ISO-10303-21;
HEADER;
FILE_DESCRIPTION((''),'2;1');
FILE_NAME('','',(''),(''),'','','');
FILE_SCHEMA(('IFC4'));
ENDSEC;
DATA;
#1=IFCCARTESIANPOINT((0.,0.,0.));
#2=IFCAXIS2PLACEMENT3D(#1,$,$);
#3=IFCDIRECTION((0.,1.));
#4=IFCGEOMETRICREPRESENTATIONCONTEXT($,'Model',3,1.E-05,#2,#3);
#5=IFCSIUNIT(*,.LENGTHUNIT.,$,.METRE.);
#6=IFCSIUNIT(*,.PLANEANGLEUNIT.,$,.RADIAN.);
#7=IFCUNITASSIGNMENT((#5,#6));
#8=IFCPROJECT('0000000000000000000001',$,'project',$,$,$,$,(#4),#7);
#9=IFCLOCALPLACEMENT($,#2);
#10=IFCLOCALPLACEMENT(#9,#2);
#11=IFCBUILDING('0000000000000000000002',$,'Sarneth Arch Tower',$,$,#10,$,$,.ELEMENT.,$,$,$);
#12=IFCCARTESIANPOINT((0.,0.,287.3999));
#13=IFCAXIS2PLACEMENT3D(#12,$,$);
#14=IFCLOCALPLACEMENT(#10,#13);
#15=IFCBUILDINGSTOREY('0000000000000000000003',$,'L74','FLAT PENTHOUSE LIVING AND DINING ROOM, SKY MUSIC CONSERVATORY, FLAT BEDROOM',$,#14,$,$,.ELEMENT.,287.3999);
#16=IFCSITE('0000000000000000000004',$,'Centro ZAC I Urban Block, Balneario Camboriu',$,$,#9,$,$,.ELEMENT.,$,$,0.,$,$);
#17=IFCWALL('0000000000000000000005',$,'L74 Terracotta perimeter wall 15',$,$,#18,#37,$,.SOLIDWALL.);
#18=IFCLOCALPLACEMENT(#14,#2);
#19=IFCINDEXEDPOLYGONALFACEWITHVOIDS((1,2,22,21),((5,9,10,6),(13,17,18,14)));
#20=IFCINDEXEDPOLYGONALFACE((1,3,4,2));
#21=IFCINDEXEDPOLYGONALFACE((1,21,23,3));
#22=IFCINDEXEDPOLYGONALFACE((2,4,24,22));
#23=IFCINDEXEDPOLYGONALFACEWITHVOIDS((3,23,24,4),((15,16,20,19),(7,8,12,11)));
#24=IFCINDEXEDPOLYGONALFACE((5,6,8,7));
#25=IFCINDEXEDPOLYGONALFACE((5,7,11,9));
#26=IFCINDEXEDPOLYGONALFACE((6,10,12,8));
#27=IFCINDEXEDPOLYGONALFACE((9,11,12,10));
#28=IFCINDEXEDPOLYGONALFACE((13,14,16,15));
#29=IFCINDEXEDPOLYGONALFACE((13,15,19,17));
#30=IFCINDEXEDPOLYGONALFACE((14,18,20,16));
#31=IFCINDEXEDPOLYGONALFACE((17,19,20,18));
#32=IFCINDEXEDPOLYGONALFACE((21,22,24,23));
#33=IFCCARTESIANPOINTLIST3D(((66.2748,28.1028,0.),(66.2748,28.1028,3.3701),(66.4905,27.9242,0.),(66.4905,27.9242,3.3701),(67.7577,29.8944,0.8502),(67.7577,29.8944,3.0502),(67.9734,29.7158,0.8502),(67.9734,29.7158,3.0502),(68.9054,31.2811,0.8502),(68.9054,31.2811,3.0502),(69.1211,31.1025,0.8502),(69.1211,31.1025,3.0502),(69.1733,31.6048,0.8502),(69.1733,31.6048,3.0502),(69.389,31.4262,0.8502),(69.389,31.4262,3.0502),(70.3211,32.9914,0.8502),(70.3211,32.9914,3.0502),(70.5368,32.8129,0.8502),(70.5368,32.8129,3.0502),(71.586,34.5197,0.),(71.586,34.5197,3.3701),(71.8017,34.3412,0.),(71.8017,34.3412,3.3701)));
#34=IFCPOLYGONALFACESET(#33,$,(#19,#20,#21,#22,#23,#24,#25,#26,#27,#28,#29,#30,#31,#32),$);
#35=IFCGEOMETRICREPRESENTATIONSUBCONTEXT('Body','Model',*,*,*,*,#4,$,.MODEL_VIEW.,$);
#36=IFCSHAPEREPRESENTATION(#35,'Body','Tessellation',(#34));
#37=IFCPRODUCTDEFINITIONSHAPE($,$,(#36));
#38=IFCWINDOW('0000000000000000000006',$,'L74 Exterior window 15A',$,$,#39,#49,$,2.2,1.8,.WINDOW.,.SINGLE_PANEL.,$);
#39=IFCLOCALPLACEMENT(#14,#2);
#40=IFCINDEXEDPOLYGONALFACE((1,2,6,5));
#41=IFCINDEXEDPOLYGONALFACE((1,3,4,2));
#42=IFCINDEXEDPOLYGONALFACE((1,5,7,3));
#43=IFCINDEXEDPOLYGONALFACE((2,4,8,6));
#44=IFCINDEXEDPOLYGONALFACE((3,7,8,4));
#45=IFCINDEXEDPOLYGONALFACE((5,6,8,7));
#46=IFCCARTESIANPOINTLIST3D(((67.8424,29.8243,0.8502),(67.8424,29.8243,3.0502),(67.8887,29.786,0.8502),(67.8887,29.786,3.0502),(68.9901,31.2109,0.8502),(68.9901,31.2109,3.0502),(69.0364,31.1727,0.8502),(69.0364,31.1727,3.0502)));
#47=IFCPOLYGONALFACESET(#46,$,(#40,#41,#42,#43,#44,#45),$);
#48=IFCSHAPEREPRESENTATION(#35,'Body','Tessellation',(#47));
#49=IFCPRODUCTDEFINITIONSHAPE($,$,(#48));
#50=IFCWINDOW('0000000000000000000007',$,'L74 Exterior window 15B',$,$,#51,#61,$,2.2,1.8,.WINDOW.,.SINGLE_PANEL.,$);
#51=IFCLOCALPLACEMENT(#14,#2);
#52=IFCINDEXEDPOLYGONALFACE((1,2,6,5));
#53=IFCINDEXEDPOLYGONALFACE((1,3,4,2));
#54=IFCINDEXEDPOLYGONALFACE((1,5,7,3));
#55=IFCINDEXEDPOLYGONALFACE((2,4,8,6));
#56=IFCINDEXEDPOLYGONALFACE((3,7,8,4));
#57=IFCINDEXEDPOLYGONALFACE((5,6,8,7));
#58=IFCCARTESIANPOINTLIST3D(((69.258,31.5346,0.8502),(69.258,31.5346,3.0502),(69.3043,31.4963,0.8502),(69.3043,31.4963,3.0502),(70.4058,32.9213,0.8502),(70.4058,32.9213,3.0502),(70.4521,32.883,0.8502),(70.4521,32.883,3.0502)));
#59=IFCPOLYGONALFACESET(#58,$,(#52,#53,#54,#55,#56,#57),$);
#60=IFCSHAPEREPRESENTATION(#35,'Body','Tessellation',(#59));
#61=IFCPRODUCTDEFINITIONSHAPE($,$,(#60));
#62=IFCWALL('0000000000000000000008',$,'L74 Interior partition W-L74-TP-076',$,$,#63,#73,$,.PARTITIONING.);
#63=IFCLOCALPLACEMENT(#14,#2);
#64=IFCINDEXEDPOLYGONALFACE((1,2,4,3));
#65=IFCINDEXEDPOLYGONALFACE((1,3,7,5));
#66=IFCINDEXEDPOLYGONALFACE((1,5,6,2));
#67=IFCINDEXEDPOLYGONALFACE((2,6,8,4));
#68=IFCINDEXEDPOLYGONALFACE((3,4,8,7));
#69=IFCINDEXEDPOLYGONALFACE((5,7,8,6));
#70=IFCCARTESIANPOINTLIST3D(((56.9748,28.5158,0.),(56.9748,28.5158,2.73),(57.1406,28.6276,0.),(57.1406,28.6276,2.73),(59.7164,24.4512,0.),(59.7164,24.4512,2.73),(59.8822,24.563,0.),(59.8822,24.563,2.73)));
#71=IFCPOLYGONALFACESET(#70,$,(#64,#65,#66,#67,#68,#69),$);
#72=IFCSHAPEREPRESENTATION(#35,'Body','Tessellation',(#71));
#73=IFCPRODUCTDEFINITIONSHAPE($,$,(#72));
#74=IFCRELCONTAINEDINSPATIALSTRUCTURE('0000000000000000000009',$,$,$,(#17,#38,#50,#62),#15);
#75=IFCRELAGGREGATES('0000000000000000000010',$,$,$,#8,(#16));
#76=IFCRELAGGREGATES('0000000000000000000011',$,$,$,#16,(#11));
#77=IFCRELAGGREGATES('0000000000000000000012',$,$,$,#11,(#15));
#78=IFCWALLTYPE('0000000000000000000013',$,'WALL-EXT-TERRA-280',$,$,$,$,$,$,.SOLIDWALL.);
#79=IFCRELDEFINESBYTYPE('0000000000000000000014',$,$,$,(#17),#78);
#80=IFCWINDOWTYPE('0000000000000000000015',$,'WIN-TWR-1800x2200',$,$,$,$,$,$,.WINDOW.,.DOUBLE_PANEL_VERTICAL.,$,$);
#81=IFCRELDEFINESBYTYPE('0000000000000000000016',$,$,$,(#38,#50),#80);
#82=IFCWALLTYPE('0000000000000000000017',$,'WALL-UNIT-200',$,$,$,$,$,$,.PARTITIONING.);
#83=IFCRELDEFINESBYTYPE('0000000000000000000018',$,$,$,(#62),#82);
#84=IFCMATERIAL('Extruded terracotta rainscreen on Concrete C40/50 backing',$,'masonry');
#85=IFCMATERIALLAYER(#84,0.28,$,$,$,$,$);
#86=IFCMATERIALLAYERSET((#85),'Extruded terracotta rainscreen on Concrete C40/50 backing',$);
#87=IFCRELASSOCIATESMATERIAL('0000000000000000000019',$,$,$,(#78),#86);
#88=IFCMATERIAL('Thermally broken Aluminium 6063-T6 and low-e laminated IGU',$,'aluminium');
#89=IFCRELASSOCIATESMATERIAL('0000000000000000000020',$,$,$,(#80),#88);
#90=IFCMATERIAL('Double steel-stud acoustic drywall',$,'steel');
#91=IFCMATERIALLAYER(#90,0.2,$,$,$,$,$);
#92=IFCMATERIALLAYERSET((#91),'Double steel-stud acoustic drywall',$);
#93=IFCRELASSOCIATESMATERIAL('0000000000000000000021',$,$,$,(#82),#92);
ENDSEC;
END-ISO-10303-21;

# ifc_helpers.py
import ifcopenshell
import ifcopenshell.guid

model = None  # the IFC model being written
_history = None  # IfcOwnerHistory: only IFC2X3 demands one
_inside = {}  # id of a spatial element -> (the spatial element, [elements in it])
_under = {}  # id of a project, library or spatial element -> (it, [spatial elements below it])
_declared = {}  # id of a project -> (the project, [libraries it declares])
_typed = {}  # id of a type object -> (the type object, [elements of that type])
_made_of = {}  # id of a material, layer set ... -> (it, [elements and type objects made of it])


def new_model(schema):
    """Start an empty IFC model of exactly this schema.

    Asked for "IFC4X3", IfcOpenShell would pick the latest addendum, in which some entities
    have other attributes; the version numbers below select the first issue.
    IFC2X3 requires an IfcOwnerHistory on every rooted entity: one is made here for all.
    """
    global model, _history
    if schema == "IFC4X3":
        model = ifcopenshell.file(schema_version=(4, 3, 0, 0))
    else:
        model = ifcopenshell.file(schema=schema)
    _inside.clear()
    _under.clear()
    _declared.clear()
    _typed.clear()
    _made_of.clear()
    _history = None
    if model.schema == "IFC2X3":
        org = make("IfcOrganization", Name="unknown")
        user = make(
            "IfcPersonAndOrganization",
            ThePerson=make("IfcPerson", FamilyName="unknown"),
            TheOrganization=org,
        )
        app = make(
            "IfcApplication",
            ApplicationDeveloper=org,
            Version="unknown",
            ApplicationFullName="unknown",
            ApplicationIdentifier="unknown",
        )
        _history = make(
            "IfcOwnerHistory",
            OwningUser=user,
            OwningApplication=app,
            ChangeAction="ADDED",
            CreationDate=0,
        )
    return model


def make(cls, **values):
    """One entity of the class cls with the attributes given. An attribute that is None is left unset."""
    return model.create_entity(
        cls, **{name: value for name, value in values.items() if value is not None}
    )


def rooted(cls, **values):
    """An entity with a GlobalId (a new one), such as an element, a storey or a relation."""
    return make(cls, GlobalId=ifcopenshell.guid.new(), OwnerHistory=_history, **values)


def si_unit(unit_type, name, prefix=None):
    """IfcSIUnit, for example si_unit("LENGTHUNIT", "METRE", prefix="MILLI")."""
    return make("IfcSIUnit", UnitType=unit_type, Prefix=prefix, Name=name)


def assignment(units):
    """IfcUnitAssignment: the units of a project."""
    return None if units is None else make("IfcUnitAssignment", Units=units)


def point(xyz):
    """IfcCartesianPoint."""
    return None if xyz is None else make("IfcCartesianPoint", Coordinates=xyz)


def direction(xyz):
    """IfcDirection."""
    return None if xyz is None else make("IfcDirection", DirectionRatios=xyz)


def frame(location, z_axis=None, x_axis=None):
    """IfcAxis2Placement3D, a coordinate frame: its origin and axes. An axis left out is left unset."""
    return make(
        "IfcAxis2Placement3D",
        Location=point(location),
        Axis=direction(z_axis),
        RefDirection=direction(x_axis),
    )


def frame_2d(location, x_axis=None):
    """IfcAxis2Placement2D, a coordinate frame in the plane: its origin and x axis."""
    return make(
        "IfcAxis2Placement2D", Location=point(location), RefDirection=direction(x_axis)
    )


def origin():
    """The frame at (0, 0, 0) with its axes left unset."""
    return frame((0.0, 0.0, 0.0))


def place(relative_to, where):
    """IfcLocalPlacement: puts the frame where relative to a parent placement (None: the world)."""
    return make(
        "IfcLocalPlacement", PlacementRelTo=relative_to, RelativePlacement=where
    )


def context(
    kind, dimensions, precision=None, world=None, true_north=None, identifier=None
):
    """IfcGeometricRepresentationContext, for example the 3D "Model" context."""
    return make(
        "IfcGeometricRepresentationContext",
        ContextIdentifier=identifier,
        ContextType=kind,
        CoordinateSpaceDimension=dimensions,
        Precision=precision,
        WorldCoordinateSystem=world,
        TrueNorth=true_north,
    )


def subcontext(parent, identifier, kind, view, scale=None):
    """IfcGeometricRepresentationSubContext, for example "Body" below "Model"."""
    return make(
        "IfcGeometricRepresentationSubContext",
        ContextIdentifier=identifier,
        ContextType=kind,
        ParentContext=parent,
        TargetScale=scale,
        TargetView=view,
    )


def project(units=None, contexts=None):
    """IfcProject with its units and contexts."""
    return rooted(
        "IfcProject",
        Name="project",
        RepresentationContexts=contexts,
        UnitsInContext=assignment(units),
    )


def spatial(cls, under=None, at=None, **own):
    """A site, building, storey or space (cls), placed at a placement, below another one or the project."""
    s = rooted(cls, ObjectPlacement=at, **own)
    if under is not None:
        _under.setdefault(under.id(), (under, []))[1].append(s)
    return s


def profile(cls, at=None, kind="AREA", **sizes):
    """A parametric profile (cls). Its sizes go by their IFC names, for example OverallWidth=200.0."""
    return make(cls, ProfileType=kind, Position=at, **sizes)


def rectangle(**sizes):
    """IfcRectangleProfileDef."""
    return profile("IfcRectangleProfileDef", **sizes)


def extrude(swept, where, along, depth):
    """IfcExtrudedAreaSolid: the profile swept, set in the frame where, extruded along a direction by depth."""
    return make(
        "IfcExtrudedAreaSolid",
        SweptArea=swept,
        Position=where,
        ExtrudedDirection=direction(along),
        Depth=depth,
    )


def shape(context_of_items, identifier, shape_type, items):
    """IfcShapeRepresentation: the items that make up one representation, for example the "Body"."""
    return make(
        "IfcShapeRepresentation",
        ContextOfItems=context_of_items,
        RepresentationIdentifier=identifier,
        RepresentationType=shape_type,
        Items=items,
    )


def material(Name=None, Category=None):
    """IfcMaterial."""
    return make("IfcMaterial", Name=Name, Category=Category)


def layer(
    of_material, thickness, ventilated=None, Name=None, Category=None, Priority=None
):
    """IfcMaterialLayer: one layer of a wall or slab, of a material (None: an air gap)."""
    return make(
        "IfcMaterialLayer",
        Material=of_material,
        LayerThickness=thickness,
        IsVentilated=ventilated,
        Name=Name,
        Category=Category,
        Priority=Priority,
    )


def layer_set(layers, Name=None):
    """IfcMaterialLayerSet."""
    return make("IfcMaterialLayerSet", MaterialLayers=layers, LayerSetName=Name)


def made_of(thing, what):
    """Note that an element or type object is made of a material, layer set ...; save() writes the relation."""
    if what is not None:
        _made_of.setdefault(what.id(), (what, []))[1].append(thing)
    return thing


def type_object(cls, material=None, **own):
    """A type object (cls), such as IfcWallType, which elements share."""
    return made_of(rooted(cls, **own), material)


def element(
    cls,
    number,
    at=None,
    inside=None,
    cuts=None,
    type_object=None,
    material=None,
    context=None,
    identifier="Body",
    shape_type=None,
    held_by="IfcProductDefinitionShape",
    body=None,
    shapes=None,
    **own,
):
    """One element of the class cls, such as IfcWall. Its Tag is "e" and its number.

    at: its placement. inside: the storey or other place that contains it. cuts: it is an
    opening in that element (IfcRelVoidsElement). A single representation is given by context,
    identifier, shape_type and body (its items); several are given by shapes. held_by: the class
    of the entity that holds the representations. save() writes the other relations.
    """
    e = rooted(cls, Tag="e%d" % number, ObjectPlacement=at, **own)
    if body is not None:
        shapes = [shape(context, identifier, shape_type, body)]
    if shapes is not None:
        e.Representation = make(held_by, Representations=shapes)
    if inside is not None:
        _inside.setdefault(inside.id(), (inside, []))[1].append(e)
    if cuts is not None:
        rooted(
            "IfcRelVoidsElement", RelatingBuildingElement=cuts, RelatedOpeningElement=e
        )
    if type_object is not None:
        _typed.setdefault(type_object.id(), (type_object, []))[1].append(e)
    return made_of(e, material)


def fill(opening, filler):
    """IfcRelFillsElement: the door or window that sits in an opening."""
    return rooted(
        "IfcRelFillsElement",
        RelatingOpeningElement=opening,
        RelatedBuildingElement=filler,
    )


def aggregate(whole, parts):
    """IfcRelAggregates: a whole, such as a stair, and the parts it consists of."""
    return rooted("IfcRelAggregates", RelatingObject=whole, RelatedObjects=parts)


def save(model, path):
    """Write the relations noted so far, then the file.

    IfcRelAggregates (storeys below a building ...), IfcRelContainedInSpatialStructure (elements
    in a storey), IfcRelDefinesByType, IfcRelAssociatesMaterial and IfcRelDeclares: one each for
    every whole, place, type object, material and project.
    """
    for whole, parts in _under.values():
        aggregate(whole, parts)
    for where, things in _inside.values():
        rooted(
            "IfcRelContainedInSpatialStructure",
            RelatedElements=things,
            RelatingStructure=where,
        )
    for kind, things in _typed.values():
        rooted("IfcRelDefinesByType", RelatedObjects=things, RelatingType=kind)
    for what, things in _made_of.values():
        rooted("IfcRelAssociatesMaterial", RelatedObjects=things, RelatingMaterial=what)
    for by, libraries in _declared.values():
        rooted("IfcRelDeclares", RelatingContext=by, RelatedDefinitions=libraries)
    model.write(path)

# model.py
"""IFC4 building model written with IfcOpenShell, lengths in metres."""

from ifc_helpers import new_model, si_unit, direction, frame, frame_2d, origin, place, context, subcontext, project, spatial, rectangle, extrude, material, layer, layer_set, type_object, element, fill, save


model = new_model("IFC4")

# Units and contexts
model_context = context("Model", 3, precision=1e-05, world=origin(), true_north=direction((0.0, 1.0)))
body_context = subcontext(model_context, "Body", "Model", "MODEL_VIEW")
ifc_project = project(units=[si_unit("LENGTHUNIT", "METRE"), si_unit("PLANEANGLEUNIT", "RADIAN")], contexts=[model_context])

# Site, building, storey
site_placement = place(None, origin())
site = spatial("IfcSite", under=ifc_project, at=site_placement, Name="Centro ZAC I Urban Block, Balneario Camboriu", CompositionType="ELEMENT", RefElevation=0.0)
building_placement = place(site_placement, origin())
building = spatial("IfcBuilding", under=site, at=building_placement, Name="Sarneth Arch Tower", CompositionType="ELEMENT")
storey_placement = place(building_placement, frame((0.0, 0.0, 287.3999)))
storey = spatial("IfcBuildingStorey", under=building, at=storey_placement, Name="L74", Description="FLAT PENTHOUSE LIVING AND DINING ROOM, SKY MUSIC CONSERVATORY, FLAT BEDROOM", CompositionType="ELEMENT", Elevation=287.3999)

# Wall, openings, windows
ifc_material_1 = material(Name="Extruded terracotta rainscreen on Concrete C40/50 backing", Category="masonry")
ifc_layer_1 = layer(ifc_material_1, 0.28)
ifc_layer_set_1 = layer_set([ifc_layer_1], Name="Extruded terracotta rainscreen on Concrete C40/50 backing")
wall_type_1 = type_object("IfcWallType", Name="WALL-EXT-TERRA-280", PredefinedType="SOLIDWALL", material=ifc_layer_set_1)
wall_1_placement = place(storey_placement, frame((66.3826, 28.0134, 0.0), z_axis=(0.0, 0.0, 1.0), x_axis=(0.637615, 0.770355, 0.0)))
wall_1 = element("IfcWall", 1, at=wall_1_placement, inside=storey, type_object=wall_type_1, Name="L74 Terracotta perimeter wall 15", PredefinedType="SOLIDWALL", context=body_context, shape_type="SweptSolid", body=[
    extrude(rectangle(XDim=8.3298, YDim=0.28, at=frame_2d((4.165, 0.0))), origin(), (0.0, 0.0, 1.0), 3.3701),
])
opening_1_placement = place(wall_1_placement, frame((2.3259, 0.0, 0.8501)))
opening_1 = element("IfcOpeningElement", 2, at=opening_1_placement, cuts=wall_1, PredefinedType="OPENING", context=body_context, shape_type="SweptSolid", body=[
    extrude(rectangle(XDim=1.8, YDim=2.2, at=frame_2d((0.8999, 1.1001))), frame((0.0, 0.1499, 0.0), z_axis=(0.0, -1.0, 0.0), x_axis=(1.0, 0.0, 0.0)), (0.0, 0.0, 1.0), 0.3),
])
opening_2_placement = place(wall_1_placement, frame((4.5461, 0.0, 0.8501)))
opening_2 = element("IfcOpeningElement", 3, at=opening_2_placement, cuts=wall_1, PredefinedType="OPENING", context=body_context, shape_type="SweptSolid", body=[
    extrude(rectangle(XDim=1.8, YDim=2.2, at=frame_2d((0.8999, 1.1001))), frame((0.0, 0.1499, 0.0), z_axis=(0.0, -1.0, 0.0), x_axis=(1.0, 0.0, 0.0)), (0.0, 0.0, 1.0), 0.3),
])
ifc_material_2 = material(Name="Thermally broken Aluminium 6063-T6 and low-e laminated IGU", Category="aluminium")
window_type = type_object("IfcWindowType", Name="WIN-TWR-1800x2200", PartitioningType="DOUBLE_PANEL_VERTICAL", PredefinedType="WINDOW", material=ifc_material_2)
window_1_placement = place(opening_1_placement, origin())
window_1 = element("IfcWindow", 4, at=window_1_placement, inside=storey, type_object=window_type, Name="L74 Exterior window 15A", OverallHeight=2.2, OverallWidth=1.8, PartitioningType="SINGLE_PANEL", PredefinedType="WINDOW", context=body_context, shape_type="SweptSolid", body=[
    extrude(rectangle(XDim=1.8, YDim=2.2, at=frame_2d((0.8999, 1.1001))), frame((0.0, 0.03, 0.0), z_axis=(0.0, -1.0, 0.0), x_axis=(1.0, 0.0, 0.0)), (0.0, 0.0, 1.0), 0.0601),
])
fill(opening_1, window_1)
window_2_placement = place(opening_2_placement, origin())
window_2 = element("IfcWindow", 5, at=window_2_placement, inside=storey, type_object=window_type, Name="L74 Exterior window 15B", OverallHeight=2.2, OverallWidth=1.8, PartitioningType="SINGLE_PANEL", PredefinedType="WINDOW", context=body_context, shape_type="SweptSolid", body=[
    extrude(rectangle(XDim=1.8, YDim=2.2, at=frame_2d((0.8999, 1.1001))), frame((0.0, 0.03, 0.0), z_axis=(0.0, -1.0, 0.0), x_axis=(1.0, 0.0, 0.0)), (0.0, 0.0, 1.0), 0.0601),
])
fill(opening_2, window_2)

# Wall
ifc_material_3 = material(Name="Double steel-stud acoustic drywall", Category="steel")
ifc_layer_2 = layer(ifc_material_3, 0.2)
ifc_layer_set_2 = layer_set([ifc_layer_2], Name="Double steel-stud acoustic drywall")
wall_type_2 = type_object("IfcWallType", Name="WALL-UNIT-200", PredefinedType="PARTITIONING", material=ifc_layer_set_2)
wall_2_placement = place(storey_placement, frame((59.7993, 24.5071, 0.0), z_axis=(0.0, 0.0, 1.0), x_axis=(-0.559197, 0.829035, 0.0)))
element("IfcWall", 6, at=wall_2_placement, inside=storey, type_object=wall_type_2, Name="L74 Interior partition W-L74-TP-076", PredefinedType="PARTITIONING", context=body_context, shape_type="SweptSolid", body=[
    extrude(rectangle(XDim=4.9028, YDim=0.2, at=frame_2d((2.4514, 0.0))), origin(), (0.0, 0.0, 1.0), 2.73),
])

save(model, "model.ifc")
